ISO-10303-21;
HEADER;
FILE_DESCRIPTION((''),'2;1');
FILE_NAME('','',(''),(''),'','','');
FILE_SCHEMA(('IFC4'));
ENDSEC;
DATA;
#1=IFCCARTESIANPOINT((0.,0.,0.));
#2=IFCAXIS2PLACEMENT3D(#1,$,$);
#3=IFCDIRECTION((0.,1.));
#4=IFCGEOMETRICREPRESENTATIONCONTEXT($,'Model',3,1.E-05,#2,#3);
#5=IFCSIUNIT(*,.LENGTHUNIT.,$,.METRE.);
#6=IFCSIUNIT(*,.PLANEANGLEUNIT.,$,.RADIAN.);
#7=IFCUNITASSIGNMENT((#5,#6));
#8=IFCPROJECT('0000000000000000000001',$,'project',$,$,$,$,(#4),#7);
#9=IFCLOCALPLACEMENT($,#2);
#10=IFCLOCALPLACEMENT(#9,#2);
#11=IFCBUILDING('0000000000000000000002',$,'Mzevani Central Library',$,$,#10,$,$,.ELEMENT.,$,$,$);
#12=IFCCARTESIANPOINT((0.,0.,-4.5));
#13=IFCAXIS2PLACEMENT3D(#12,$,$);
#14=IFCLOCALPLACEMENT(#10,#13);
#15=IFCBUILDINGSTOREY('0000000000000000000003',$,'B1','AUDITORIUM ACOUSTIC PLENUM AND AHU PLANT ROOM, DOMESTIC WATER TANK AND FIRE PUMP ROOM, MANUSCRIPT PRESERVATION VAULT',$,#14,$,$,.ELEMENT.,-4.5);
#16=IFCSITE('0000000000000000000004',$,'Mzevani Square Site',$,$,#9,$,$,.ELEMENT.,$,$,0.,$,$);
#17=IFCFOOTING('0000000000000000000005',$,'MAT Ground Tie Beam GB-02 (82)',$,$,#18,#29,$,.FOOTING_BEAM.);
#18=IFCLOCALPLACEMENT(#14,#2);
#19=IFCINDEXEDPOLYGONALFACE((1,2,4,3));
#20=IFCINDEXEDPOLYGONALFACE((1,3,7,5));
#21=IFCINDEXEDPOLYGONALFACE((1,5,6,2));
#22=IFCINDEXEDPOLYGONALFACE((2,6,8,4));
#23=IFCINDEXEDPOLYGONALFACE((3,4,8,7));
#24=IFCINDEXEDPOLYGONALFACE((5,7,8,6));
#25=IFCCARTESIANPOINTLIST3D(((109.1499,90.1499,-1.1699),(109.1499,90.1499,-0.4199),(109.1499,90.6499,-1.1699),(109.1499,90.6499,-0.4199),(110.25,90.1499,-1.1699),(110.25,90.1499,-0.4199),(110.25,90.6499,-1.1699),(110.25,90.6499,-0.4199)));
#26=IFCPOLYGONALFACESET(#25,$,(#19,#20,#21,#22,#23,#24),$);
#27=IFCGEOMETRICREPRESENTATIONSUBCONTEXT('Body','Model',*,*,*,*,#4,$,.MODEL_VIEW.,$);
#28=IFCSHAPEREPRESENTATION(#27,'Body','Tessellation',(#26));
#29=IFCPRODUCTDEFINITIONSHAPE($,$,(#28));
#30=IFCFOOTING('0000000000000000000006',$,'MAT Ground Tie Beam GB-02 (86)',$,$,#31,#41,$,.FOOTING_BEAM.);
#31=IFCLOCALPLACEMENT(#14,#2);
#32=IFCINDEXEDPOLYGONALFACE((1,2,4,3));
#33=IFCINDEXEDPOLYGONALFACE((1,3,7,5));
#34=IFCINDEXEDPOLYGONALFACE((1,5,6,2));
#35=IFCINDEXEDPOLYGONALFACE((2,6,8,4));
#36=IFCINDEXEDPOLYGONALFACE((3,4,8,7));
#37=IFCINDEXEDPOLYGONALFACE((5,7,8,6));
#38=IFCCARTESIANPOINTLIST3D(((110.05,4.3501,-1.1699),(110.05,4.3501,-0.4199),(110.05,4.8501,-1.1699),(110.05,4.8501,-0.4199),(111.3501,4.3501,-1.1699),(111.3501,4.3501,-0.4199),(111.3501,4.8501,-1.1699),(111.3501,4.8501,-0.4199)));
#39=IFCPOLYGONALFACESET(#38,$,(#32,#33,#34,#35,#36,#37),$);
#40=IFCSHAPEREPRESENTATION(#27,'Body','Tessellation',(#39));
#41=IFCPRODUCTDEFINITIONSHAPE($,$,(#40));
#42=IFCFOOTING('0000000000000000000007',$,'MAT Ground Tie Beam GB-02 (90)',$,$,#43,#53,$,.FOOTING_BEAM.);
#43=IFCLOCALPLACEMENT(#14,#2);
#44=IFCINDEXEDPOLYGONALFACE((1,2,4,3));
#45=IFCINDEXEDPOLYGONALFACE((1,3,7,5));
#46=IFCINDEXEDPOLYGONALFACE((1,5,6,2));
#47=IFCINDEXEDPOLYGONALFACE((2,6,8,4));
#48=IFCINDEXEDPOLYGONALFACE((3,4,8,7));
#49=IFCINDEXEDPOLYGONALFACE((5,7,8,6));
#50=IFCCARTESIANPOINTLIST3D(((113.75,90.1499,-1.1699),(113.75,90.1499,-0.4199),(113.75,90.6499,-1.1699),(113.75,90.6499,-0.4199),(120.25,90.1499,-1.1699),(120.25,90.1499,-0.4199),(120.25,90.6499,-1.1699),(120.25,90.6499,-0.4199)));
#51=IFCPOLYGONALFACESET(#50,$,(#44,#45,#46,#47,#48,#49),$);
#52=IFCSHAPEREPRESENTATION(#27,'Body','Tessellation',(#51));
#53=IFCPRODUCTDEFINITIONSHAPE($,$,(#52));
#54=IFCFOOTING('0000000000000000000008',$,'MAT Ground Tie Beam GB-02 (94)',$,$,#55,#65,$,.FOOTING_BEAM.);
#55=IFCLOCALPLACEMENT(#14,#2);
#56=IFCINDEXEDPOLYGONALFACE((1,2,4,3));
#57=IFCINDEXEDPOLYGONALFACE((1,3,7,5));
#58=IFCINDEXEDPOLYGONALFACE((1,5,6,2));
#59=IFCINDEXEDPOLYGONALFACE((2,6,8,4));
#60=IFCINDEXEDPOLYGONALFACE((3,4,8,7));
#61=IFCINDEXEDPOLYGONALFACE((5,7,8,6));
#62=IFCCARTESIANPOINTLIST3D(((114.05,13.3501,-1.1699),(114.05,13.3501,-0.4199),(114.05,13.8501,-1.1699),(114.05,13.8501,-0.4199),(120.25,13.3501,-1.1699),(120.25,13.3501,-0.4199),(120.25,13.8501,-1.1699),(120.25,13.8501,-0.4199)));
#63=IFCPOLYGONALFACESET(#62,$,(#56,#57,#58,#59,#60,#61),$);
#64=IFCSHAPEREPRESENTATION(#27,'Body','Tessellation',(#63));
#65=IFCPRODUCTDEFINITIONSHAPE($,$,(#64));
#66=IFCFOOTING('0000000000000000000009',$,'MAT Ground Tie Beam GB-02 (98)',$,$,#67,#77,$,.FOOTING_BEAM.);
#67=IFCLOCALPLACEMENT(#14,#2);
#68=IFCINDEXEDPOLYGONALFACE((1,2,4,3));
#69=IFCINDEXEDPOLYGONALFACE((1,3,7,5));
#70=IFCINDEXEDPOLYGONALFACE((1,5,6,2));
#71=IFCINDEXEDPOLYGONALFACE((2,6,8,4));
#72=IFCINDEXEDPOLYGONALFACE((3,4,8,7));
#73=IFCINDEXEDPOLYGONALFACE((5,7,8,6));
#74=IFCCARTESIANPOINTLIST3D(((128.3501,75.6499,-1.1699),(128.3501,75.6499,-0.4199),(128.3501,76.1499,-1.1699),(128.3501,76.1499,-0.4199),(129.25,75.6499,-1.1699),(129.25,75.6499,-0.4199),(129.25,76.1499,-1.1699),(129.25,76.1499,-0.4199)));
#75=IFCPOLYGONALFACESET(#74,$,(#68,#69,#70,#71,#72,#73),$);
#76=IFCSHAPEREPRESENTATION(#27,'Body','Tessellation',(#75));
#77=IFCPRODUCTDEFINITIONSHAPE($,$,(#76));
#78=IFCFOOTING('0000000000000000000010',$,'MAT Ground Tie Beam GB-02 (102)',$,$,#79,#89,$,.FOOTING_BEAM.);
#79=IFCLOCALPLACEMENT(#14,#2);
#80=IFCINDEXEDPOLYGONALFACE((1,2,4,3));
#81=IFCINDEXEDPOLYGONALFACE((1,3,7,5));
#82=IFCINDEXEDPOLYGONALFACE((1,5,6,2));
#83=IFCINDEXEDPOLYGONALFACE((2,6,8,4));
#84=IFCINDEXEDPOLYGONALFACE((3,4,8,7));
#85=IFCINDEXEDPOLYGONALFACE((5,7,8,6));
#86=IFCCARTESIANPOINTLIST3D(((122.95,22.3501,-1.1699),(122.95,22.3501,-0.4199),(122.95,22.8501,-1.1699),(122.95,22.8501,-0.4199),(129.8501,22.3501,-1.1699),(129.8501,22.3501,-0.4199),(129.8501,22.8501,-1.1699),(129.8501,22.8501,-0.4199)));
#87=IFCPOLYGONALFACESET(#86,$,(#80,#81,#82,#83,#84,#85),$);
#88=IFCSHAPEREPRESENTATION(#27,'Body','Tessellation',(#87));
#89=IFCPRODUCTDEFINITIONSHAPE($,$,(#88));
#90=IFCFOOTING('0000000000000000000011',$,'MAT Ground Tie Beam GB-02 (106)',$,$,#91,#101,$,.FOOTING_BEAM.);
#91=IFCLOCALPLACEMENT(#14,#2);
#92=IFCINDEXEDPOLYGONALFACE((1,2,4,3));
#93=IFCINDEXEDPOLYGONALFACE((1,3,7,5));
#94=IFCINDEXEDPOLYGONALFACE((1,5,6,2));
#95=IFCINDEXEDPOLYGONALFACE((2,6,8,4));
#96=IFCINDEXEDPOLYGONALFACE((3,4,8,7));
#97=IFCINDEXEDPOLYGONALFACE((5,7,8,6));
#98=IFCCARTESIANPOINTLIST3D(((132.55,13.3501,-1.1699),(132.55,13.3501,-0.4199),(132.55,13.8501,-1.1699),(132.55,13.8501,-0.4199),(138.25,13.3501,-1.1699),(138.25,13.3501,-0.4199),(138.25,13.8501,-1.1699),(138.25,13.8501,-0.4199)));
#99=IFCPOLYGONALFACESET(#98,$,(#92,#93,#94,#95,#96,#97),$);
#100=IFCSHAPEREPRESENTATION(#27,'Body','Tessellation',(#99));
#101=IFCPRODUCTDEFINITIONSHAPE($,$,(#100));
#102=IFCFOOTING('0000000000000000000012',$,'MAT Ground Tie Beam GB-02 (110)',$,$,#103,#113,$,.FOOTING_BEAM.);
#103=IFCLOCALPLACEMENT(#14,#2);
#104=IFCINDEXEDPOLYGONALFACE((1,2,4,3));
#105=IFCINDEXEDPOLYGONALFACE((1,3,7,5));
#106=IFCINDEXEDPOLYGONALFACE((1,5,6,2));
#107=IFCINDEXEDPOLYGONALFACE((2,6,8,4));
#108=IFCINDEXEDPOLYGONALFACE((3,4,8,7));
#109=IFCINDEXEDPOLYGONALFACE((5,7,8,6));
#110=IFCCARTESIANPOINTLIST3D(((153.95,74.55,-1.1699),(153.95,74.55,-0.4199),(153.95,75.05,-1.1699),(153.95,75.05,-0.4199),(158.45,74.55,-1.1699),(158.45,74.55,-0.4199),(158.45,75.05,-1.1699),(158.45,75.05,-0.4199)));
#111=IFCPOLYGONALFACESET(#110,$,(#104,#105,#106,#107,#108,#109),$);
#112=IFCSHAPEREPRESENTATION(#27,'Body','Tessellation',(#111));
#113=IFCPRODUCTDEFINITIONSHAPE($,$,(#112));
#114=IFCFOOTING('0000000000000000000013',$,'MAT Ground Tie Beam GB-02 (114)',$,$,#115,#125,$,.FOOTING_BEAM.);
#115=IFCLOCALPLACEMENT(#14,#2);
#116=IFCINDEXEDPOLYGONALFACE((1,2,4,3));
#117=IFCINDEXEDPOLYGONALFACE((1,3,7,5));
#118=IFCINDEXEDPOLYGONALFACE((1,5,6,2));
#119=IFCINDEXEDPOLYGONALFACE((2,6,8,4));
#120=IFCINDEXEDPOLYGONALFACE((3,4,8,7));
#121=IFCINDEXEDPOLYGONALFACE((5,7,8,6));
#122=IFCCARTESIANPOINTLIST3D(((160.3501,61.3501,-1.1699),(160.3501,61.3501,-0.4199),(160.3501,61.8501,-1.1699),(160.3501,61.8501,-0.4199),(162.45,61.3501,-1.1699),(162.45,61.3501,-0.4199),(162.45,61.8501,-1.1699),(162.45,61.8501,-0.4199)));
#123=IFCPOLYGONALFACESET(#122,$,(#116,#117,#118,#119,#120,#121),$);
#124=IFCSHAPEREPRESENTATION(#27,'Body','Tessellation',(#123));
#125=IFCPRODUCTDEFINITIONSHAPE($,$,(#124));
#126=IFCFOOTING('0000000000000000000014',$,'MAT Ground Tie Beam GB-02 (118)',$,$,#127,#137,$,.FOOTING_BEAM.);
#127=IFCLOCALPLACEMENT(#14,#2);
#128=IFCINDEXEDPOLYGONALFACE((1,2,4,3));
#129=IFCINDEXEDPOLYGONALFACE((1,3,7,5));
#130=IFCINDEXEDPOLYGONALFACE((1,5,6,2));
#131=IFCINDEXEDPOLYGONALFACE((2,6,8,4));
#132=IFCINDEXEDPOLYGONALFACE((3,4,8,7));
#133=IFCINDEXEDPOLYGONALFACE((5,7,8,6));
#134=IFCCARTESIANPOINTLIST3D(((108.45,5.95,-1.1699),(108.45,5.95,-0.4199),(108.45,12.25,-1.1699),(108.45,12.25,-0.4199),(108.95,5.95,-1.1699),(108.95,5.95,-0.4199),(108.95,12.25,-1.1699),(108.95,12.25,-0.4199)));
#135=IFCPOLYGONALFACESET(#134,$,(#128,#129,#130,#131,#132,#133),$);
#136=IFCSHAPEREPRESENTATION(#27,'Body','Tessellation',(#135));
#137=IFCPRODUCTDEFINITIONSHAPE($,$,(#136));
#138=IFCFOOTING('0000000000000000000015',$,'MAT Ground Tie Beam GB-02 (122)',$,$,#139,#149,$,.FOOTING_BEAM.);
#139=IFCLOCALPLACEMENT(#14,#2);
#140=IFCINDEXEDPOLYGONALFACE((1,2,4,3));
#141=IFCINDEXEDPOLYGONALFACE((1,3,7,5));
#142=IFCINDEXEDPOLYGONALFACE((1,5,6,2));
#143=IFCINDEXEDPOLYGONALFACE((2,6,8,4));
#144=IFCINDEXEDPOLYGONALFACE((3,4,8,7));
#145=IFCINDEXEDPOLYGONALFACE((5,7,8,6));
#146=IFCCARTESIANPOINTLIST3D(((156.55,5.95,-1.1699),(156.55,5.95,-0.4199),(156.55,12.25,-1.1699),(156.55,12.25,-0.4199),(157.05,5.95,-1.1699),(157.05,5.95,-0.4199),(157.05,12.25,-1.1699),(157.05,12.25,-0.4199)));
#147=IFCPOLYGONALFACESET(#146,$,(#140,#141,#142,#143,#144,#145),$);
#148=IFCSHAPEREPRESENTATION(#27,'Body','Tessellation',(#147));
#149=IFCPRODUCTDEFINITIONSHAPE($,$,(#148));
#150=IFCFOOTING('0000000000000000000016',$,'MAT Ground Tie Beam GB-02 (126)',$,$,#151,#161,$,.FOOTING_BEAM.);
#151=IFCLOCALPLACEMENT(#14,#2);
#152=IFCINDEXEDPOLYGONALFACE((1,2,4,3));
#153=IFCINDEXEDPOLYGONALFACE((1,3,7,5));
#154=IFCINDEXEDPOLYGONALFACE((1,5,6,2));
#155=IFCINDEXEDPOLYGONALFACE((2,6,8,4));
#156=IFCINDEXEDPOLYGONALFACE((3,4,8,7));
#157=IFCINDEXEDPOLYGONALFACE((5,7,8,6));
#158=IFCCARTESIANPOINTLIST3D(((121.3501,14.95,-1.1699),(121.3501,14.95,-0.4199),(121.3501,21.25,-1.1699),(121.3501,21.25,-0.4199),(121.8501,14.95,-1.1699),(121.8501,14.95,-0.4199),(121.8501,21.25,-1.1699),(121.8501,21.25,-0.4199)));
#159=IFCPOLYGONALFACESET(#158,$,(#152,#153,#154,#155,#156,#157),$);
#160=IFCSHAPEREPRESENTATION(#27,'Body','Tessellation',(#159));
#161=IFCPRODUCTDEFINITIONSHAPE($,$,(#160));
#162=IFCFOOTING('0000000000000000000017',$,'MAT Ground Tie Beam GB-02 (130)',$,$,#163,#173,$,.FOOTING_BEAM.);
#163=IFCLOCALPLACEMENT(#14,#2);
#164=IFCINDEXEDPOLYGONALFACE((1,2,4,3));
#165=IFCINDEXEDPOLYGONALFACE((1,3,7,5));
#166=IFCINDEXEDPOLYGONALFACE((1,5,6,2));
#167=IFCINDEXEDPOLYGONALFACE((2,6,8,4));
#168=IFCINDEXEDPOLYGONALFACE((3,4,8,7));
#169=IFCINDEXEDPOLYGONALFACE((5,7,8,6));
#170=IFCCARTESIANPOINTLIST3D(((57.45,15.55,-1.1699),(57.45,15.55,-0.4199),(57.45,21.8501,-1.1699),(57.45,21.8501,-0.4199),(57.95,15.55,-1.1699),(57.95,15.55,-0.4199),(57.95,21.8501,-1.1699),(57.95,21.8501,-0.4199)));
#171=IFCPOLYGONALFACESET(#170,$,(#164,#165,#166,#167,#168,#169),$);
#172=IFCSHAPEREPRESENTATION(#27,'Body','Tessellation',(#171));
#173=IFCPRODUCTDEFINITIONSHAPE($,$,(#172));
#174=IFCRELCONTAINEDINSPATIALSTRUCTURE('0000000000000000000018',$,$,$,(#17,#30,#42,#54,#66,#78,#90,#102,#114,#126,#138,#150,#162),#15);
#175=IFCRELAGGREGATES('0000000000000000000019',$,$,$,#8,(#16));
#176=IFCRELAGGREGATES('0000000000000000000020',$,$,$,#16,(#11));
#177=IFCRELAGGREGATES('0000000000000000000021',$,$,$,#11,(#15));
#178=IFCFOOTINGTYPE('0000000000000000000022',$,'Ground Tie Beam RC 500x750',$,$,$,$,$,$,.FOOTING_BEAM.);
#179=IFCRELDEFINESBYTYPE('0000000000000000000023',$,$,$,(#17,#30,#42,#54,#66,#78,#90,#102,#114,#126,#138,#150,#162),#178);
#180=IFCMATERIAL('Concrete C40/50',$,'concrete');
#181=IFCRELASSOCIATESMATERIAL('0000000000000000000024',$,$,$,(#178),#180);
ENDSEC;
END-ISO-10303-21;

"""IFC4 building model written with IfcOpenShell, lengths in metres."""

from ifc_helpers import new_model, si_unit, direction, frame, origin, place, context, subcontext, project, spatial, polyline, outline, extrude, material, type_object, element, save


model = new_model("IFC4")

# Units and contexts
model_context = context("Model", 3, precision=1e-05, world=origin(), true_north=direction((0.0, 1.0)))
body_context = subcontext(model_context, "Body", "Model", "MODEL_VIEW")
ifc_project = project(units=[si_unit("LENGTHUNIT", "METRE"), si_unit("PLANEANGLEUNIT", "RADIAN")], contexts=[model_context])

# Site, building, storey
site_placement = place(None, origin())
site = spatial("IfcSite", under=ifc_project, at=site_placement, Name="Mzevani Square Site", CompositionType="ELEMENT", RefElevation=0.0)
building_placement = place(site_placement, origin())
building = spatial("IfcBuilding", under=site, at=building_placement, Name="Mzevani Central Library", CompositionType="ELEMENT")
storey_placement = place(building_placement, frame((0.0, 0.0, -4.5)))
storey = spatial("IfcBuildingStorey", under=building, at=storey_placement, Name="B1", Description="AUDITORIUM ACOUSTIC PLENUM AND AHU PLANT ROOM, DOMESTIC WATER TANK AND FIRE PUMP ROOM, MANUSCRIPT PRESERVATION VAULT", CompositionType="ELEMENT", Elevation=-4.5)

# Footings
ifc_material = material(Name="Concrete C40/50", Category="concrete")
footing_type_1 = type_object("IfcFootingType", Name="Ground Tie Beam RC 500x750", PredefinedType="FOOTING_BEAM", material=ifc_material)
footing_1_placement = place(storey_placement, frame((0.0, 0.0, -1.1699)))
element("IfcFooting", 1, at=footing_1_placement, inside=storey, type_object=footing_type_1, Name="MAT Ground Tie Beam GB-02 (82)", PredefinedType="FOOTING_BEAM", context=body_context, shape_type="SweptSolid", body=[
    extrude(outline(polyline([(109.1499, 90.1499), (110.25, 90.1499), (110.25, 90.6499), (109.1499, 90.6499), (109.1499, 90.1499)])), origin(), (0.0, 0.0, 1.0), 0.75),
])
footing_2_placement = place(storey_placement, frame((0.0, 0.0, -1.1699)))
element("IfcFooting", 2, at=footing_2_placement, inside=storey, type_object=footing_type_1, Name="MAT Ground Tie Beam GB-02 (86)", PredefinedType="FOOTING_BEAM", context=body_context, shape_type="SweptSolid", body=[
    extrude(outline(polyline([(110.05, 4.3501), (111.3501, 4.3501), (111.3501, 4.8501), (110.05, 4.8501), (110.05, 4.3501)])), origin(), (0.0, 0.0, 1.0), 0.75),
])
footing_3_placement = place(storey_placement, frame((0.0, 0.0, -1.1699)))
element("IfcFooting", 3, at=footing_3_placement, inside=storey, type_object=footing_type_1, Name="MAT Ground Tie Beam GB-02 (90)", PredefinedType="FOOTING_BEAM", context=body_context, shape_type="SweptSolid", body=[
    extrude(outline(polyline([(113.75, 90.1499), (120.25, 90.1499), (120.25, 90.6499), (113.75, 90.6499), (113.75, 90.1499)])), origin(), (0.0, 0.0, 1.0), 0.75),
])
footing_4_placement = place(storey_placement, frame((0.0, 0.0, -1.1699)))
element("IfcFooting", 4, at=footing_4_placement, inside=storey, type_object=footing_type_1, Name="MAT Ground Tie Beam GB-02 (94)", PredefinedType="FOOTING_BEAM", context=body_context, shape_type="SweptSolid", body=[
    extrude(outline(polyline([(114.05, 13.3501), (120.25, 13.3501), (120.25, 13.8501), (114.05, 13.8501), (114.05, 13.3501)])), origin(), (0.0, 0.0, 1.0), 0.75),
])
footing_5_placement = place(storey_placement, frame((0.0, 0.0, -1.1699)))
element("IfcFooting", 5, at=footing_5_placement, inside=storey, type_object=footing_type_1, Name="MAT Ground Tie Beam GB-02 (98)", PredefinedType="FOOTING_BEAM", context=body_context, shape_type="SweptSolid", body=[
    extrude(outline(polyline([(128.3501, 75.6499), (129.25, 75.6499), (129.25, 76.1499), (128.3501, 76.1499), (128.3501, 75.6499)])), origin(), (0.0, 0.0, 1.0), 0.75),
])
footing_6_placement = place(storey_placement, frame((0.0, 0.0, -1.1699)))
element("IfcFooting", 6, at=footing_6_placement, inside=storey, type_object=footing_type_1, Name="MAT Ground Tie Beam GB-02 (102)", PredefinedType="FOOTING_BEAM", context=body_context, shape_type="SweptSolid", body=[
    extrude(outline(polyline([(122.95, 22.3501), (129.8501, 22.3501), (129.8501, 22.8501), (122.95, 22.8501), (122.95, 22.3501)])), origin(), (0.0, 0.0, 1.0), 0.75),
])
footing_7_placement = place(storey_placement, frame((0.0, 0.0, -1.1699)))
element("IfcFooting", 7, at=footing_7_placement, inside=storey, type_object=footing_type_1, Name="MAT Ground Tie Beam GB-02 (106)", PredefinedType="FOOTING_BEAM", context=body_context, shape_type="SweptSolid", body=[
    extrude(outline(polyline([(132.55, 13.3501), (138.25, 13.3501), (138.25, 13.8501), (132.55, 13.8501), (132.55, 13.3501)])), origin(), (0.0, 0.0, 1.0), 0.75),
])
footing_8_placement = place(storey_placement, frame((0.0, 0.0, -1.1699)))
element("IfcFooting", 8, at=footing_8_placement, inside=storey, type_object=footing_type_1, Name="MAT Ground Tie Beam GB-02 (110)", PredefinedType="FOOTING_BEAM", context=body_context, shape_type="SweptSolid", body=[
    extrude(outline(polyline([(153.95, 74.55), (158.45, 74.55), (158.45, 75.05), (153.95, 75.05), (153.95, 74.55)])), origin(), (0.0, 0.0, 1.0), 0.75),
])
footing_9_placement = place(storey_placement, frame((0.0, 0.0, -1.1699)))
element("IfcFooting", 9, at=footing_9_placement, inside=storey, type_object=footing_type_1, Name="MAT Ground Tie Beam GB-02 (114)", PredefinedType="FOOTING_BEAM", context=body_context, shape_type="SweptSolid", body=[
    extrude(outline(polyline([(160.3501, 61.3501), (162.45, 61.3501), (162.45, 61.8501), (160.3501, 61.8501), (160.3501, 61.3501)])), origin(), (0.0, 0.0, 1.0), 0.75),
])
footing_10_placement = place(storey_placement, frame((0.0, 0.0, -1.1699)))
element("IfcFooting", 10, at=footing_10_placement, inside=storey, type_object=footing_type_1, Name="MAT Ground Tie Beam GB-02 (118)", PredefinedType="FOOTING_BEAM", context=body_context, shape_type="SweptSolid", body=[
    extrude(outline(polyline([(108.45, 5.95), (108.95, 5.95), (108.95, 12.25), (108.45, 12.25), (108.45, 5.95)])), origin(), (0.0, 0.0, 1.0), 0.75),
])
footing_11_placement = place(storey_placement, frame((0.0, 0.0, -1.1699)))
element("IfcFooting", 11, at=footing_11_placement, inside=storey, type_object=footing_type_1, Name="MAT Ground Tie Beam GB-02 (122)", PredefinedType="FOOTING_BEAM", context=body_context, shape_type="SweptSolid", body=[
    extrude(outline(polyline([(156.55, 5.95), (157.05, 5.95), (157.05, 12.25), (156.55, 12.25), (156.55, 5.95)])), origin(), (0.0, 0.0, 1.0), 0.75),
])
footing_12_placement = place(storey_placement, frame((0.0, 0.0, -1.1699)))
element("IfcFooting", 12, at=footing_12_placement, inside=storey, type_object=footing_type_1, Name="MAT Ground Tie Beam GB-02 (126)", PredefinedType="FOOTING_BEAM", context=body_context, shape_type="SweptSolid", body=[
    extrude(outline(polyline([(121.3501, 14.95), (121.8501, 14.95), (121.8501, 21.25), (121.3501, 21.25), (121.3501, 14.95)])), origin(), (0.0, 0.0, 1.0), 0.75),
])
footing_13_placement = place(storey_placement, frame((0.0, 0.0, -1.1699)))
element("IfcFooting", 13, at=footing_13_placement, inside=storey, type_object=footing_type_1, Name="MAT Ground Tie Beam GB-02 (130)", PredefinedType="FOOTING_BEAM", context=body_context, shape_type="SweptSolid", body=[
    extrude(outline(polyline([(57.45, 15.55), (57.95, 15.55), (57.95, 21.8501), (57.45, 21.8501), (57.45, 15.55)])), origin(), (0.0, 0.0, 1.0), 0.75),
])

save(model, "model.ifc")
